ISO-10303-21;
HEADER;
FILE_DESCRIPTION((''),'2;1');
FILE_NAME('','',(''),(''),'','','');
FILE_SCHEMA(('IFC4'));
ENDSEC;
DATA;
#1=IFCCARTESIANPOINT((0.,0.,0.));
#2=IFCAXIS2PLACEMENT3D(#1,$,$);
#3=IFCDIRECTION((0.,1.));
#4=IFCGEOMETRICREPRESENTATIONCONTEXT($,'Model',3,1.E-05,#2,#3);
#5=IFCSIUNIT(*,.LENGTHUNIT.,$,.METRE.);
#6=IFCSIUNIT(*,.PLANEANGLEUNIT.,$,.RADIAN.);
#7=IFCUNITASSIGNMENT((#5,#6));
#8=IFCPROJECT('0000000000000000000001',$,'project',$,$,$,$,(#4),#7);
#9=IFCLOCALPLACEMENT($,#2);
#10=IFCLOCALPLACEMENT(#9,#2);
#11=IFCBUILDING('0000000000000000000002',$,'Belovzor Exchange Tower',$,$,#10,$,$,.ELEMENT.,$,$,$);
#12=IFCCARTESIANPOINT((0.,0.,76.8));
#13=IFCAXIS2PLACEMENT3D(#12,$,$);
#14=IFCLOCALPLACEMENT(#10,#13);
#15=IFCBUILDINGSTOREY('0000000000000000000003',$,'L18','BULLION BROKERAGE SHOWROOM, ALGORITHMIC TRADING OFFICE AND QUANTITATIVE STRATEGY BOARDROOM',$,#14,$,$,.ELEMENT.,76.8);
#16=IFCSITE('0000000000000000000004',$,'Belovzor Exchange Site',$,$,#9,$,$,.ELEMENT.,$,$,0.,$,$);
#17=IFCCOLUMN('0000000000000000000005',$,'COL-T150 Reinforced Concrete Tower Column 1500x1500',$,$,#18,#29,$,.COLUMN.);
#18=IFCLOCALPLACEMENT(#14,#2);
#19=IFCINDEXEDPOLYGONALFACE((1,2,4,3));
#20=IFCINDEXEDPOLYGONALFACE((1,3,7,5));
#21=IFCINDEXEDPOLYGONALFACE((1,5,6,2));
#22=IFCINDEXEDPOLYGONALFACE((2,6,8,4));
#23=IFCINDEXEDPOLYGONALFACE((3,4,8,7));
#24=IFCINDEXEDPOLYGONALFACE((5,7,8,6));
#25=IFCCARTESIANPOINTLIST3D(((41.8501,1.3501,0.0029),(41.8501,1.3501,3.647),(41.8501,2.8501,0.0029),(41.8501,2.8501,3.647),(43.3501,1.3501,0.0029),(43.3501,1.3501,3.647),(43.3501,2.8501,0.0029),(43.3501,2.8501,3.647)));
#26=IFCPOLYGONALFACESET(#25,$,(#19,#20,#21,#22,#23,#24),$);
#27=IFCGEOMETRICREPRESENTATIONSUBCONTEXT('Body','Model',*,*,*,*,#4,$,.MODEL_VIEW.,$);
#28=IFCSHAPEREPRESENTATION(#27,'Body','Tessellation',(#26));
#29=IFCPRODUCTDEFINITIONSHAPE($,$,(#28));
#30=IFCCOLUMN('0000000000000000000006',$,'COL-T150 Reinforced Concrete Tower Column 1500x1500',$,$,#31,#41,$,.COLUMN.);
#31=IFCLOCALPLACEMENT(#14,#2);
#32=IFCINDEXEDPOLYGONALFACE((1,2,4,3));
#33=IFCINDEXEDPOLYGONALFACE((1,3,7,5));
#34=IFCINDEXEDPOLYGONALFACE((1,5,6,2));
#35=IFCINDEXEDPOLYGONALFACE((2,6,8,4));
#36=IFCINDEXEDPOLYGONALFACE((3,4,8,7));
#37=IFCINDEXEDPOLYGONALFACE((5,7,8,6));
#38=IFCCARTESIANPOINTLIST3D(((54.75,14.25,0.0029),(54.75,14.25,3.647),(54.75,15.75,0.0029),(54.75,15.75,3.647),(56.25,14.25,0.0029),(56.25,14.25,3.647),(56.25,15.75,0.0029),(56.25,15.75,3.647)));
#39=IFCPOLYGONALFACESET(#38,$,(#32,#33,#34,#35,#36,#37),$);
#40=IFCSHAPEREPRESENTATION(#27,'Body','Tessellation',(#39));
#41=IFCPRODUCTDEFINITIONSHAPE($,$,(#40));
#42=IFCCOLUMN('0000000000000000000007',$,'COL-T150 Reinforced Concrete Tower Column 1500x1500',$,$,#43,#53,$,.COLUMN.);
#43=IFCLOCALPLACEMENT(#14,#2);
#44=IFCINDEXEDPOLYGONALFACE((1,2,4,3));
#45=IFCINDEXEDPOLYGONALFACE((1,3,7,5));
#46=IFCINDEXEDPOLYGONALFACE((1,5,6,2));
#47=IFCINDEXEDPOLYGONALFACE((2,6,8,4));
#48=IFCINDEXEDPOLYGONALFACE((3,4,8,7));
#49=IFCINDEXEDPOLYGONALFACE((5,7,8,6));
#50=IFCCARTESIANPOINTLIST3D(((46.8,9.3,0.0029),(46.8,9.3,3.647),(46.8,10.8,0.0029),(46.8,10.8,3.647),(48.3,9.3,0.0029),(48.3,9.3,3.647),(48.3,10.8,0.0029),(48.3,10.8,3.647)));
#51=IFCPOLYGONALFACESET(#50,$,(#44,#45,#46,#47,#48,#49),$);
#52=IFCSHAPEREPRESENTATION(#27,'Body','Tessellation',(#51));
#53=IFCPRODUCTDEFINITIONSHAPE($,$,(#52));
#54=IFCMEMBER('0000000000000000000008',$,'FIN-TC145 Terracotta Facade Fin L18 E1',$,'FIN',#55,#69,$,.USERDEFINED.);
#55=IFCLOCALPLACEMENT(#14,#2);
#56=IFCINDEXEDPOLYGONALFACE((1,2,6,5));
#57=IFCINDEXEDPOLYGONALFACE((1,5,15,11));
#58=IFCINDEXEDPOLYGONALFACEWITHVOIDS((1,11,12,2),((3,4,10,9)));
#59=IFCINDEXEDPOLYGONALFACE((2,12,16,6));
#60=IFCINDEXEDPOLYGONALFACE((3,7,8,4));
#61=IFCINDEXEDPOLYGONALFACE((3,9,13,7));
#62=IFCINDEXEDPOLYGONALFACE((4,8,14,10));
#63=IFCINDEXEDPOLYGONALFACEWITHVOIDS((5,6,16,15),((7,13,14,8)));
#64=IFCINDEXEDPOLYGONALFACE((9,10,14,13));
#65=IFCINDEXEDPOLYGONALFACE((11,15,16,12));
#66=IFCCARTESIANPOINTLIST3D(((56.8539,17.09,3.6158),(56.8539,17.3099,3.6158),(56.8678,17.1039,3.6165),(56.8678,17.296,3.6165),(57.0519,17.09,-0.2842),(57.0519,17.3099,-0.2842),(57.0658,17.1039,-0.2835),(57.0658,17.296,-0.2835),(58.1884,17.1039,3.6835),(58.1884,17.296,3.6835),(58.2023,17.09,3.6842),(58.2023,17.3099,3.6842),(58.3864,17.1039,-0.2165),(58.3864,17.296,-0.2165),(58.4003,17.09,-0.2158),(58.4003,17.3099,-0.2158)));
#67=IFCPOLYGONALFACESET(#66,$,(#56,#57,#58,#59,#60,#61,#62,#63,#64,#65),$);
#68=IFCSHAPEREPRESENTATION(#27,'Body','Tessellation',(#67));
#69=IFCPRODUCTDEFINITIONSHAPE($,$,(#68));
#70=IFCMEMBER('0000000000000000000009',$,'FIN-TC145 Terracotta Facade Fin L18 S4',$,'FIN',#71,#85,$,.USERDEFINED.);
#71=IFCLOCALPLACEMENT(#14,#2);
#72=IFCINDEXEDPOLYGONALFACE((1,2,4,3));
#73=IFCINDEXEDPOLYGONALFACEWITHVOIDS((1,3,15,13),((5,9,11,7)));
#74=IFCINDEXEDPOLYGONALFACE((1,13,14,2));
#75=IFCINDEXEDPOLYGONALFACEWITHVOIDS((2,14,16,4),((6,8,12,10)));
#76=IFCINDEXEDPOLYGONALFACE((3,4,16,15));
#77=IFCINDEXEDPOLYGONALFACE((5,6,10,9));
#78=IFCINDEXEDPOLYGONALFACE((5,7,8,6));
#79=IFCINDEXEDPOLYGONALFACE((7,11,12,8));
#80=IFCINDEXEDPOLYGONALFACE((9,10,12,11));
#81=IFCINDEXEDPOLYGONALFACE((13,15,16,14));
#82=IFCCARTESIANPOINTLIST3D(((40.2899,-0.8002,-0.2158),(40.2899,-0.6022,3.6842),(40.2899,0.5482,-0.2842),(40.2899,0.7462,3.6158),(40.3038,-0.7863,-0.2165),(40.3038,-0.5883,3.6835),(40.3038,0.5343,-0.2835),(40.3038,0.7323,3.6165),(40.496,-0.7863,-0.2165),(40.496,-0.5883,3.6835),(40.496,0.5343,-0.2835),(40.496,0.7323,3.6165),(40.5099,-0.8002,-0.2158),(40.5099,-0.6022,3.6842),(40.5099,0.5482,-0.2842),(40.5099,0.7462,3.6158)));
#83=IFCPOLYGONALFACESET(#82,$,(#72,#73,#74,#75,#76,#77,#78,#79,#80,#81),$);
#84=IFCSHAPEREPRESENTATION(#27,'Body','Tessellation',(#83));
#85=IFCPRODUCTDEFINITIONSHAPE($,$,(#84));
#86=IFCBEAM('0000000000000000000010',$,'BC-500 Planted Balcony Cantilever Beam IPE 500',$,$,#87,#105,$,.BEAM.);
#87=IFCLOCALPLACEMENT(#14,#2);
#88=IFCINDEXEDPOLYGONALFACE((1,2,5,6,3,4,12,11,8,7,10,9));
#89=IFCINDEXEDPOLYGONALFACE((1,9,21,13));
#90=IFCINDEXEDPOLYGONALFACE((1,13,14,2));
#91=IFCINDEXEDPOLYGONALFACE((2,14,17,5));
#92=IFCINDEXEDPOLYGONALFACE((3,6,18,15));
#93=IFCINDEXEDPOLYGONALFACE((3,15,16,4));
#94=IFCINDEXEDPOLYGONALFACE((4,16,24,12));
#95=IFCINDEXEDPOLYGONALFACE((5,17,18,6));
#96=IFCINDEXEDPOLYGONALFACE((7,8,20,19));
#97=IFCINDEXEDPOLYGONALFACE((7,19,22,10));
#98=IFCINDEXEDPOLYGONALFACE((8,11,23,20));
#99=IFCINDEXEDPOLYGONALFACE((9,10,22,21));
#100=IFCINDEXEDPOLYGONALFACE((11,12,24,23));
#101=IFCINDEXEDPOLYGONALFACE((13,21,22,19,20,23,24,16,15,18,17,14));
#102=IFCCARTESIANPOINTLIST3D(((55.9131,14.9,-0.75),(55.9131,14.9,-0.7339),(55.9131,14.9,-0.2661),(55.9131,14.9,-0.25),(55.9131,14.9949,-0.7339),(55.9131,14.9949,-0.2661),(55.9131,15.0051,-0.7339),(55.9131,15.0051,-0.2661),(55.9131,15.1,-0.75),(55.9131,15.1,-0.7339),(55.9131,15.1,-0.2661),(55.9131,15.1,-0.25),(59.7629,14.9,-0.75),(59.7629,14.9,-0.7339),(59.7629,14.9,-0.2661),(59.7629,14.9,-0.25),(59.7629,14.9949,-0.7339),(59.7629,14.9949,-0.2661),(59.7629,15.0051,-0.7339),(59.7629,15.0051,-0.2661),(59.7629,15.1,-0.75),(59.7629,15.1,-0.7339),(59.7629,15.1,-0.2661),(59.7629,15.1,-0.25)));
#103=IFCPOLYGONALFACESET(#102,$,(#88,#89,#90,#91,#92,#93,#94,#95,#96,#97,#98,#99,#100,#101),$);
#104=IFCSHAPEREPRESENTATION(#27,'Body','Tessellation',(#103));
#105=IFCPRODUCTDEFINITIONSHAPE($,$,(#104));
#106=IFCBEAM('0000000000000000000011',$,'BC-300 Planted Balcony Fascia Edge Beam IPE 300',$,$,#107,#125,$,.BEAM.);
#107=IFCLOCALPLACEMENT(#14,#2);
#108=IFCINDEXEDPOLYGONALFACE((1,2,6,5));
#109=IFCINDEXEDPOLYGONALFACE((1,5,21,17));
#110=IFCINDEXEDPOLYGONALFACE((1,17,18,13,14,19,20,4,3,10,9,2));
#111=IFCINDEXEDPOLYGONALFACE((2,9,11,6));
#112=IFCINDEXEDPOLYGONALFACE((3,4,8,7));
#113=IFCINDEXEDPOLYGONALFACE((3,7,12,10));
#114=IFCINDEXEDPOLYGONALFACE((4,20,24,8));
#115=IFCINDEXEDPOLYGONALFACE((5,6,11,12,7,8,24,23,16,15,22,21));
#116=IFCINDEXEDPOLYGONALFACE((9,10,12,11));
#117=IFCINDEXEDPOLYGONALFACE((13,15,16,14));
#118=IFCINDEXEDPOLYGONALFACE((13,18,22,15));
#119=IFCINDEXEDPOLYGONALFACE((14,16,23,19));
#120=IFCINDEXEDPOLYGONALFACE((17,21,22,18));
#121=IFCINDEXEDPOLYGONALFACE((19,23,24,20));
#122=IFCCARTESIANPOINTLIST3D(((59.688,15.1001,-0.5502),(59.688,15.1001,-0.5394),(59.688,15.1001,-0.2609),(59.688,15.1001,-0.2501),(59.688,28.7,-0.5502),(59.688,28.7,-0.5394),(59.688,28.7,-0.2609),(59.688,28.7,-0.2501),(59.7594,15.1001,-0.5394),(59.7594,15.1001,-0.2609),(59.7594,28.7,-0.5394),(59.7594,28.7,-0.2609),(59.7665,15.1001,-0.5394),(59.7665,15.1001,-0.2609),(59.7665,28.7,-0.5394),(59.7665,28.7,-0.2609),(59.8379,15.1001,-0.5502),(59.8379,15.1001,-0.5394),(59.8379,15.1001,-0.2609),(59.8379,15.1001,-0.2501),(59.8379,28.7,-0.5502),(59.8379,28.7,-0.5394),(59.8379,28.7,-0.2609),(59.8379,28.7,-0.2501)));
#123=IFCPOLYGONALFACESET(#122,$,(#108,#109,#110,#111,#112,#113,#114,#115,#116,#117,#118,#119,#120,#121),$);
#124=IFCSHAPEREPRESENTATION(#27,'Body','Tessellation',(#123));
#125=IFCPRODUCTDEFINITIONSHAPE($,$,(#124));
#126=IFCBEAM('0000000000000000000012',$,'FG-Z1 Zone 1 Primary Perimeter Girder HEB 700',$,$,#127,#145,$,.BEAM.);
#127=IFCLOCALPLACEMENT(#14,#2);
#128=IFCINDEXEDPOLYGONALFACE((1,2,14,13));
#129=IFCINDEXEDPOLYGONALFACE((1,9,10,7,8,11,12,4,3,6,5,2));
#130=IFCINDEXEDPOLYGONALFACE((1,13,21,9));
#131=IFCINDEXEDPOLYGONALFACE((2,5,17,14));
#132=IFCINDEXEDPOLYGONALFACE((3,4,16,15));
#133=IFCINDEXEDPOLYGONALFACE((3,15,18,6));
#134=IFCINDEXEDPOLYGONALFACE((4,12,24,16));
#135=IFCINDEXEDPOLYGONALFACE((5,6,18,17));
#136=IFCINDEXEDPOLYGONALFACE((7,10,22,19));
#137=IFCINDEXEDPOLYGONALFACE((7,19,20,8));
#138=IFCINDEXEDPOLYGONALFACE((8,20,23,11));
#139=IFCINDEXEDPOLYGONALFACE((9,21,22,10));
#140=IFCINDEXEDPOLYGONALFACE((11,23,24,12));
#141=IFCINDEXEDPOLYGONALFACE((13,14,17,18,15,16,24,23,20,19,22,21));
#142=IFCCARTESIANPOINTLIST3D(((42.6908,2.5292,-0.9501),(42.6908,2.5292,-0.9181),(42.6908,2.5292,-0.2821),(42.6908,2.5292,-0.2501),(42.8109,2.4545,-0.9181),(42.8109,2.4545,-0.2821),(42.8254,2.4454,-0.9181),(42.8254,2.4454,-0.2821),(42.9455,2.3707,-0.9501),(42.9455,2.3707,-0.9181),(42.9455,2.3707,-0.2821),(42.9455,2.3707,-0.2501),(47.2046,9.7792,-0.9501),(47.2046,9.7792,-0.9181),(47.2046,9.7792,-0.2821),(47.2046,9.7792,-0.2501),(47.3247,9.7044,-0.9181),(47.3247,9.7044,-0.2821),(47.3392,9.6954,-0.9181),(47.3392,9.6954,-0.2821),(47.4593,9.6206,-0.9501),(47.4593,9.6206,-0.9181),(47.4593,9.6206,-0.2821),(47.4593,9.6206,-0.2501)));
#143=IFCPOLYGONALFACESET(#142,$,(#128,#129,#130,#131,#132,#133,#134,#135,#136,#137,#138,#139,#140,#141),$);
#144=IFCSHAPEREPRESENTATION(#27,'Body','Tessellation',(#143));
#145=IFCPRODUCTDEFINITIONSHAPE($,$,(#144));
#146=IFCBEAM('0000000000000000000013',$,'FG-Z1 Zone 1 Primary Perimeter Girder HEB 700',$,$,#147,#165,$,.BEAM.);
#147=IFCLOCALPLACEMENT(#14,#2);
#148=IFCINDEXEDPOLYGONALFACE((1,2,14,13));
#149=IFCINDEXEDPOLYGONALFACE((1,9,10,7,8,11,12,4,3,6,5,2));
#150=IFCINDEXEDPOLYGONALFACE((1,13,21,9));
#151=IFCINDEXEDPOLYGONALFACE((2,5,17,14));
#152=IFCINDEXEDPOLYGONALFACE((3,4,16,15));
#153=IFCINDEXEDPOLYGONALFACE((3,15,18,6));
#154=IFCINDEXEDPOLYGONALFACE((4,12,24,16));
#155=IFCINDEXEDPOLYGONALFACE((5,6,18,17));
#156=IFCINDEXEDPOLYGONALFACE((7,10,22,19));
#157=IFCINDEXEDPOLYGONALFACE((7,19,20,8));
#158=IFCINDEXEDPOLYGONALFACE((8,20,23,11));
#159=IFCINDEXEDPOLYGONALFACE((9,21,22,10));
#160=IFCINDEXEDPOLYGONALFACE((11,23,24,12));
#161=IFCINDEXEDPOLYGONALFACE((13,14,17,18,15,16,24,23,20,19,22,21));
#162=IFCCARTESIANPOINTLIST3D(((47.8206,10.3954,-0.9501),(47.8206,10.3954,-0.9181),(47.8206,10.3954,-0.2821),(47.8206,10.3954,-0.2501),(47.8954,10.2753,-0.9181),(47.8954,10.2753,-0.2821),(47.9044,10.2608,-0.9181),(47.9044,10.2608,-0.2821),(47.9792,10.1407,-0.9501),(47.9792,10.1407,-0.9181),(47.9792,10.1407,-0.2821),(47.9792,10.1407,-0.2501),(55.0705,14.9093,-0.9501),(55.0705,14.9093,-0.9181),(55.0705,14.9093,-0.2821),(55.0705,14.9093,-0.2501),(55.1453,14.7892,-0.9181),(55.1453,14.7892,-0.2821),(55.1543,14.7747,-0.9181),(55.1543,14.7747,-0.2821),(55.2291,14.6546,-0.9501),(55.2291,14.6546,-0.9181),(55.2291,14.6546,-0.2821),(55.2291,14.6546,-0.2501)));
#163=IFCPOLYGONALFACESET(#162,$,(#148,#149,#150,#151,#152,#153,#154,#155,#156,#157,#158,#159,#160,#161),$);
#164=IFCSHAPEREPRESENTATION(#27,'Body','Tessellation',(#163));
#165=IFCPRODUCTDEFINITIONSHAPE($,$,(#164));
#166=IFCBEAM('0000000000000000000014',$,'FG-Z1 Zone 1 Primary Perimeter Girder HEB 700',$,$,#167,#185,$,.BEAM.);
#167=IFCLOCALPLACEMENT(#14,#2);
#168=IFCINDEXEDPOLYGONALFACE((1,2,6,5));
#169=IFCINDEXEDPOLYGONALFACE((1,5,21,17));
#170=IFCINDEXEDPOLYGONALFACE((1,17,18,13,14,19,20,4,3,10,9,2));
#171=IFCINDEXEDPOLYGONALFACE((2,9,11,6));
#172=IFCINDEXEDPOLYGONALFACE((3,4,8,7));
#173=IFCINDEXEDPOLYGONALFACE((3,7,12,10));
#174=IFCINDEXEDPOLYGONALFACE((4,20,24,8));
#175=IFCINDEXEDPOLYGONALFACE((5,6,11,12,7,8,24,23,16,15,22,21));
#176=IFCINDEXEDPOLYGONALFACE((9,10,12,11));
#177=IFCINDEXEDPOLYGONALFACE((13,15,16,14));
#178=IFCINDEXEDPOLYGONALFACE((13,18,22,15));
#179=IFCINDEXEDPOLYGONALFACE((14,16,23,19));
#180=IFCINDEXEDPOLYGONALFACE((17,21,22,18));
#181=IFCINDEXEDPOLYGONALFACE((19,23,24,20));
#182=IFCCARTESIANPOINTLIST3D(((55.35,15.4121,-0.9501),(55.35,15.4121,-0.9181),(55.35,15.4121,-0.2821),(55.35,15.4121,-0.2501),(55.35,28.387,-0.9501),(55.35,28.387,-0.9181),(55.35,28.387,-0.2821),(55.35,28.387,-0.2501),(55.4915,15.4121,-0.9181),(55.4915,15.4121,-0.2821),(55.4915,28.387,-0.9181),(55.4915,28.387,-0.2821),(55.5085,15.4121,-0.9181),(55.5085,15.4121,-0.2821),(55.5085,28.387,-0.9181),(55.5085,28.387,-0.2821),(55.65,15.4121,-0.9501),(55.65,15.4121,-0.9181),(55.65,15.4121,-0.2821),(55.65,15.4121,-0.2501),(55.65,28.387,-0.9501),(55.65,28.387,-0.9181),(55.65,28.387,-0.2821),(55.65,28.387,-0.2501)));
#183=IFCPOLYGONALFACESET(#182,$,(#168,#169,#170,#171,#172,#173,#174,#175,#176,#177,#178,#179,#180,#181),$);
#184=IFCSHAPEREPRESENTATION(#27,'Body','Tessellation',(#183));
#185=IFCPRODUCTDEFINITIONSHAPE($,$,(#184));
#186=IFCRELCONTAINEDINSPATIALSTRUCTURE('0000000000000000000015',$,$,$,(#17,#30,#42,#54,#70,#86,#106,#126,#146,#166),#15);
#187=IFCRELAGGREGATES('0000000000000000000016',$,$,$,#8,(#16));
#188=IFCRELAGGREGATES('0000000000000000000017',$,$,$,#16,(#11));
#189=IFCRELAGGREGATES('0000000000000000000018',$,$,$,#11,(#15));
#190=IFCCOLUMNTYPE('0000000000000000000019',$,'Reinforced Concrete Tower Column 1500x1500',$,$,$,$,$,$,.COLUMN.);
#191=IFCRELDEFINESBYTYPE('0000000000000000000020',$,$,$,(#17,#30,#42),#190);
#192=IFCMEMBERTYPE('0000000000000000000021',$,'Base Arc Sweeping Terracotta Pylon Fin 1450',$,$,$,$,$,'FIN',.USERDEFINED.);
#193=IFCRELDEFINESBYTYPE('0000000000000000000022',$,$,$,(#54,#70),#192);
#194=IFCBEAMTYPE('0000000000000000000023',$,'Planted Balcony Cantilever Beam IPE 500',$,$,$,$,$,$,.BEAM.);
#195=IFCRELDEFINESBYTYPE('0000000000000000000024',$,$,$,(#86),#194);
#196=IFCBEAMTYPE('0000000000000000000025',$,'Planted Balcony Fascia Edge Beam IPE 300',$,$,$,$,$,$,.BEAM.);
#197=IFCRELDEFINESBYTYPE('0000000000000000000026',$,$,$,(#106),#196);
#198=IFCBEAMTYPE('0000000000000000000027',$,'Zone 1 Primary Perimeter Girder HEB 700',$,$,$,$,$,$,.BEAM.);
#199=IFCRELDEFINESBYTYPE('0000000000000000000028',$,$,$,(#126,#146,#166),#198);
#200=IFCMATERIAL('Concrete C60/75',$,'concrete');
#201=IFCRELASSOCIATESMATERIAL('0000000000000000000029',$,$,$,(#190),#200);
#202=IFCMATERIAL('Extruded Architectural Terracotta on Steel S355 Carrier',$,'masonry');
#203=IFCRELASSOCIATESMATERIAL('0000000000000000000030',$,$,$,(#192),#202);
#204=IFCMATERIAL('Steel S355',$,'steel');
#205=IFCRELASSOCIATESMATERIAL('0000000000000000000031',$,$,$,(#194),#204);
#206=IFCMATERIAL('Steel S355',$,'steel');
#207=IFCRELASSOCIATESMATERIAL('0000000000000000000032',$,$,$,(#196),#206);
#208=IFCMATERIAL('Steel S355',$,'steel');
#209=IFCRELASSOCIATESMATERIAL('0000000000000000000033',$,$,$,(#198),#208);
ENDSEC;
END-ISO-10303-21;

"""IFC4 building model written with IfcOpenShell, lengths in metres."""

from ifc_helpers import new_model, si_unit, direction, frame, origin, origin_2d, place, context, subcontext, project, spatial, rectangle, hollow_rectangle, i_section, extrude, material, material_profile, profile_set, type_object, element, save


model = new_model("IFC4")

# Units and contexts
model_context = context("Model", 3, precision=1e-05, world=origin(), true_north=direction((0.0, 1.0)))
body_context = subcontext(model_context, "Body", "Model", "MODEL_VIEW")
ifc_project = project(units=[si_unit("LENGTHUNIT", "METRE"), si_unit("PLANEANGLEUNIT", "RADIAN")], contexts=[model_context])

# Site, building, storey
site_placement = place(None, origin())
site = spatial("IfcSite", under=ifc_project, at=site_placement, Name="Belovzor Exchange Site", CompositionType="ELEMENT", RefElevation=0.0)
building_placement = place(site_placement, origin())
building = spatial("IfcBuilding", under=site, at=building_placement, Name="Belovzor Exchange Tower", CompositionType="ELEMENT")
storey_placement = place(building_placement, frame((0.0, 0.0, 76.8)))
storey = spatial("IfcBuildingStorey", under=building, at=storey_placement, Name="L18", Description="BULLION BROKERAGE SHOWROOM, ALGORITHMIC TRADING OFFICE AND QUANTITATIVE STRATEGY BOARDROOM", CompositionType="ELEMENT", Elevation=76.8)

# Columns
ifc_material_1 = material(Name="Concrete C60/75", Category="concrete")
ifc_material_profile_1 = material_profile(ifc_material_1, rectangle(XDim=1.5, YDim=1.5, at=origin_2d()))
ifc_profile_set_1 = profile_set([ifc_material_profile_1], Name="Concrete C60/75")
column_type = type_object("IfcColumnType", Name="Reinforced Concrete Tower Column 1500x1500", PredefinedType="COLUMN", material=ifc_profile_set_1)
for number, where, z_axis, x_axis, name in (
    (1, (42.6001, 2.1001, 0.0029), (0.0, 0.0, 1.0), (1.0, 0.0, 0.0), "COL-T150 Reinforced Concrete Tower Column 1500x1500"),
    (2, (55.5, 15.0, 0.0029), (0.0, 0.0, 1.0), (1.0, 0.0, 0.0), "COL-T150 Reinforced Concrete Tower Column 1500x1500"),
    (3, (47.55, 10.05, 0.0029), (0.0, 0.0, 1.0), (1.0, 0.0, 0.0), "COL-T150 Reinforced Concrete Tower Column 1500x1500"),
):
    element("IfcColumn", number, at=place(storey_placement, frame(where, z_axis=z_axis, x_axis=x_axis)), inside=storey, type_object=column_type, Name=name, PredefinedType="COLUMN", context=body_context, shape_type="SweptSolid", body=[
        extrude(rectangle(XDim=1.5, YDim=1.5, at=origin_2d()), origin(), (0.0, 0.0, 1.0), 3.644),
    ])

# Members
ifc_material_2 = material(Name="Extruded Architectural Terracotta on Steel S355 Carrier", Category="masonry")
ifc_material_profile_2 = material_profile(ifc_material_2, hollow_rectangle(XDim=0.22, YDim=1.3501, WallThickness=0.0139, at=origin_2d()))
ifc_profile_set_2 = profile_set([ifc_material_profile_2], Name="Extruded Architectural Terracotta on Steel S355 Carrier")
member_type = type_object("IfcMemberType", Name="Base Arc Sweeping Terracotta Pylon Fin 1450", ElementType="FIN", PredefinedType="USERDEFINED", material=ifc_profile_set_2)
for number, where, z_axis, x_axis, name in (
    (4, (57.7261, 17.2, -0.25), (-0.050705, 0.0, 0.998714), (0.0, -1.0, 0.0), "FIN-TC145 Terracotta Facade Fin L18 E1"),
    (5, (40.3999, -0.126, -0.25), (0.0, 0.050705, 0.998714), (-1.0, 0.0, 0.0), "FIN-TC145 Terracotta Facade Fin L18 S4"),
):
    element("IfcMember", number, at=place(storey_placement, frame(where, z_axis=z_axis, x_axis=x_axis)), inside=storey, type_object=member_type, Name=name, ObjectType="FIN", PredefinedType="USERDEFINED", context=body_context, shape_type="SweptSolid", body=[
        extrude(hollow_rectangle(XDim=0.22, YDim=1.3501, WallThickness=0.0139, at=origin_2d()), origin(), (0.0, 0.0, 1.0), 3.905),
    ])

# Beams
ifc_material_3 = material(Name="Steel S355", Category="steel")
ifc_material_profile_3 = material_profile(ifc_material_3, i_section(OverallWidth=0.2, OverallDepth=0.5, WebThickness=0.0103, FlangeThickness=0.0161, at=origin_2d()))
ifc_profile_set_3 = profile_set([ifc_material_profile_3], Name="Steel S355")
beam_type_1 = type_object("IfcBeamType", Name="Planted Balcony Cantilever Beam IPE 500", PredefinedType="BEAM", material=ifc_profile_set_3)
beam_1_placement = place(storey_placement, frame((55.9131, 15.0, -0.5), z_axis=(1.0, 0.0, 0.0), x_axis=(0.0, 1.0, 0.0)))
element("IfcBeam", 6, at=beam_1_placement, inside=storey, type_object=beam_type_1, Name="BC-500 Planted Balcony Cantilever Beam IPE 500", PredefinedType="BEAM", context=body_context, shape_type="SweptSolid", body=[
    extrude(i_section(OverallWidth=0.2, OverallDepth=0.5, WebThickness=0.0103, FlangeThickness=0.0161, at=origin_2d()), origin(), (0.0, 0.0, 1.0), 3.8499),
])
ifc_material_4 = material(Name="Steel S355", Category="steel")
ifc_material_profile_4 = material_profile(ifc_material_4, i_section(OverallWidth=0.1499, OverallDepth=0.3, WebThickness=0.0071, FlangeThickness=0.0107, at=origin_2d()))
ifc_profile_set_4 = profile_set([ifc_material_profile_4], Name="Steel S355")
beam_type_2 = type_object("IfcBeamType", Name="Planted Balcony Fascia Edge Beam IPE 300", PredefinedType="BEAM", material=ifc_profile_set_4)
beam_2_placement = place(storey_placement, frame((59.7629, 15.1001, -0.4001), z_axis=(0.0, 1.0, 0.0), x_axis=(-1.0, 0.0, 0.0)))
element("IfcBeam", 7, at=beam_2_placement, inside=storey, type_object=beam_type_2, Name="BC-300 Planted Balcony Fascia Edge Beam IPE 300", PredefinedType="BEAM", context=body_context, shape_type="SweptSolid", body=[
    extrude(i_section(OverallWidth=0.1499, OverallDepth=0.3, WebThickness=0.0071, FlangeThickness=0.0107, at=origin_2d()), origin(), (0.0, 0.0, 1.0), 13.5999),
])
ifc_material_5 = material(Name="Steel S355", Category="steel")
ifc_material_profile_5 = material_profile(ifc_material_5, i_section(OverallWidth=0.3, OverallDepth=0.7, WebThickness=0.0171, FlangeThickness=0.032, at=origin_2d()))
ifc_profile_set_5 = profile_set([ifc_material_profile_5], Name="Steel S355")
beam_type_3 = type_object("IfcBeamType", Name="Zone 1 Primary Perimeter Girder HEB 700", PredefinedType="BEAM", material=ifc_profile_set_5)
for number, where, z_axis, x_axis, name in (
    (8, (42.8181, 2.45, -0.6001), (0.528539, 0.848909, 0.0), (-0.848909, 0.528539, 0.0), "FG-Z1 Zone 1 Primary Perimeter Girder HEB 700"),
    (9, (47.8999, 10.2681, -0.6001), (0.848909, 0.528539, 0.0), (-0.528539, 0.848909, 0.0), "FG-Z1 Zone 1 Primary Perimeter Girder HEB 700"),
):
    element("IfcBeam", number, at=place(storey_placement, frame(where, z_axis=z_axis, x_axis=x_axis)), inside=storey, type_object=beam_type_3, Name=name, PredefinedType="BEAM", context=body_context, shape_type="SweptSolid", body=[
        extrude(i_section(OverallWidth=0.3, OverallDepth=0.7, WebThickness=0.0171, FlangeThickness=0.032, at=origin_2d()), origin(), (0.0, 0.0, 1.0), 8.5403),
    ])
beam_3_placement = place(storey_placement, frame((55.5, 15.4121, -0.6001), z_axis=(0.0, 1.0, 0.0), x_axis=(-1.0, 0.0, 0.0)))
element("IfcBeam", 10, at=beam_3_placement, inside=storey, type_object=beam_type_3, Name="FG-Z1 Zone 1 Primary Perimeter Girder HEB 700", PredefinedType="BEAM", context=body_context, shape_type="SweptSolid", body=[
    extrude(i_section(OverallWidth=0.3, OverallDepth=0.7, WebThickness=0.0171, FlangeThickness=0.032, at=origin_2d()), origin(), (0.0, 0.0, 1.0), 12.9749),
])

save(model, "model.ifc")
